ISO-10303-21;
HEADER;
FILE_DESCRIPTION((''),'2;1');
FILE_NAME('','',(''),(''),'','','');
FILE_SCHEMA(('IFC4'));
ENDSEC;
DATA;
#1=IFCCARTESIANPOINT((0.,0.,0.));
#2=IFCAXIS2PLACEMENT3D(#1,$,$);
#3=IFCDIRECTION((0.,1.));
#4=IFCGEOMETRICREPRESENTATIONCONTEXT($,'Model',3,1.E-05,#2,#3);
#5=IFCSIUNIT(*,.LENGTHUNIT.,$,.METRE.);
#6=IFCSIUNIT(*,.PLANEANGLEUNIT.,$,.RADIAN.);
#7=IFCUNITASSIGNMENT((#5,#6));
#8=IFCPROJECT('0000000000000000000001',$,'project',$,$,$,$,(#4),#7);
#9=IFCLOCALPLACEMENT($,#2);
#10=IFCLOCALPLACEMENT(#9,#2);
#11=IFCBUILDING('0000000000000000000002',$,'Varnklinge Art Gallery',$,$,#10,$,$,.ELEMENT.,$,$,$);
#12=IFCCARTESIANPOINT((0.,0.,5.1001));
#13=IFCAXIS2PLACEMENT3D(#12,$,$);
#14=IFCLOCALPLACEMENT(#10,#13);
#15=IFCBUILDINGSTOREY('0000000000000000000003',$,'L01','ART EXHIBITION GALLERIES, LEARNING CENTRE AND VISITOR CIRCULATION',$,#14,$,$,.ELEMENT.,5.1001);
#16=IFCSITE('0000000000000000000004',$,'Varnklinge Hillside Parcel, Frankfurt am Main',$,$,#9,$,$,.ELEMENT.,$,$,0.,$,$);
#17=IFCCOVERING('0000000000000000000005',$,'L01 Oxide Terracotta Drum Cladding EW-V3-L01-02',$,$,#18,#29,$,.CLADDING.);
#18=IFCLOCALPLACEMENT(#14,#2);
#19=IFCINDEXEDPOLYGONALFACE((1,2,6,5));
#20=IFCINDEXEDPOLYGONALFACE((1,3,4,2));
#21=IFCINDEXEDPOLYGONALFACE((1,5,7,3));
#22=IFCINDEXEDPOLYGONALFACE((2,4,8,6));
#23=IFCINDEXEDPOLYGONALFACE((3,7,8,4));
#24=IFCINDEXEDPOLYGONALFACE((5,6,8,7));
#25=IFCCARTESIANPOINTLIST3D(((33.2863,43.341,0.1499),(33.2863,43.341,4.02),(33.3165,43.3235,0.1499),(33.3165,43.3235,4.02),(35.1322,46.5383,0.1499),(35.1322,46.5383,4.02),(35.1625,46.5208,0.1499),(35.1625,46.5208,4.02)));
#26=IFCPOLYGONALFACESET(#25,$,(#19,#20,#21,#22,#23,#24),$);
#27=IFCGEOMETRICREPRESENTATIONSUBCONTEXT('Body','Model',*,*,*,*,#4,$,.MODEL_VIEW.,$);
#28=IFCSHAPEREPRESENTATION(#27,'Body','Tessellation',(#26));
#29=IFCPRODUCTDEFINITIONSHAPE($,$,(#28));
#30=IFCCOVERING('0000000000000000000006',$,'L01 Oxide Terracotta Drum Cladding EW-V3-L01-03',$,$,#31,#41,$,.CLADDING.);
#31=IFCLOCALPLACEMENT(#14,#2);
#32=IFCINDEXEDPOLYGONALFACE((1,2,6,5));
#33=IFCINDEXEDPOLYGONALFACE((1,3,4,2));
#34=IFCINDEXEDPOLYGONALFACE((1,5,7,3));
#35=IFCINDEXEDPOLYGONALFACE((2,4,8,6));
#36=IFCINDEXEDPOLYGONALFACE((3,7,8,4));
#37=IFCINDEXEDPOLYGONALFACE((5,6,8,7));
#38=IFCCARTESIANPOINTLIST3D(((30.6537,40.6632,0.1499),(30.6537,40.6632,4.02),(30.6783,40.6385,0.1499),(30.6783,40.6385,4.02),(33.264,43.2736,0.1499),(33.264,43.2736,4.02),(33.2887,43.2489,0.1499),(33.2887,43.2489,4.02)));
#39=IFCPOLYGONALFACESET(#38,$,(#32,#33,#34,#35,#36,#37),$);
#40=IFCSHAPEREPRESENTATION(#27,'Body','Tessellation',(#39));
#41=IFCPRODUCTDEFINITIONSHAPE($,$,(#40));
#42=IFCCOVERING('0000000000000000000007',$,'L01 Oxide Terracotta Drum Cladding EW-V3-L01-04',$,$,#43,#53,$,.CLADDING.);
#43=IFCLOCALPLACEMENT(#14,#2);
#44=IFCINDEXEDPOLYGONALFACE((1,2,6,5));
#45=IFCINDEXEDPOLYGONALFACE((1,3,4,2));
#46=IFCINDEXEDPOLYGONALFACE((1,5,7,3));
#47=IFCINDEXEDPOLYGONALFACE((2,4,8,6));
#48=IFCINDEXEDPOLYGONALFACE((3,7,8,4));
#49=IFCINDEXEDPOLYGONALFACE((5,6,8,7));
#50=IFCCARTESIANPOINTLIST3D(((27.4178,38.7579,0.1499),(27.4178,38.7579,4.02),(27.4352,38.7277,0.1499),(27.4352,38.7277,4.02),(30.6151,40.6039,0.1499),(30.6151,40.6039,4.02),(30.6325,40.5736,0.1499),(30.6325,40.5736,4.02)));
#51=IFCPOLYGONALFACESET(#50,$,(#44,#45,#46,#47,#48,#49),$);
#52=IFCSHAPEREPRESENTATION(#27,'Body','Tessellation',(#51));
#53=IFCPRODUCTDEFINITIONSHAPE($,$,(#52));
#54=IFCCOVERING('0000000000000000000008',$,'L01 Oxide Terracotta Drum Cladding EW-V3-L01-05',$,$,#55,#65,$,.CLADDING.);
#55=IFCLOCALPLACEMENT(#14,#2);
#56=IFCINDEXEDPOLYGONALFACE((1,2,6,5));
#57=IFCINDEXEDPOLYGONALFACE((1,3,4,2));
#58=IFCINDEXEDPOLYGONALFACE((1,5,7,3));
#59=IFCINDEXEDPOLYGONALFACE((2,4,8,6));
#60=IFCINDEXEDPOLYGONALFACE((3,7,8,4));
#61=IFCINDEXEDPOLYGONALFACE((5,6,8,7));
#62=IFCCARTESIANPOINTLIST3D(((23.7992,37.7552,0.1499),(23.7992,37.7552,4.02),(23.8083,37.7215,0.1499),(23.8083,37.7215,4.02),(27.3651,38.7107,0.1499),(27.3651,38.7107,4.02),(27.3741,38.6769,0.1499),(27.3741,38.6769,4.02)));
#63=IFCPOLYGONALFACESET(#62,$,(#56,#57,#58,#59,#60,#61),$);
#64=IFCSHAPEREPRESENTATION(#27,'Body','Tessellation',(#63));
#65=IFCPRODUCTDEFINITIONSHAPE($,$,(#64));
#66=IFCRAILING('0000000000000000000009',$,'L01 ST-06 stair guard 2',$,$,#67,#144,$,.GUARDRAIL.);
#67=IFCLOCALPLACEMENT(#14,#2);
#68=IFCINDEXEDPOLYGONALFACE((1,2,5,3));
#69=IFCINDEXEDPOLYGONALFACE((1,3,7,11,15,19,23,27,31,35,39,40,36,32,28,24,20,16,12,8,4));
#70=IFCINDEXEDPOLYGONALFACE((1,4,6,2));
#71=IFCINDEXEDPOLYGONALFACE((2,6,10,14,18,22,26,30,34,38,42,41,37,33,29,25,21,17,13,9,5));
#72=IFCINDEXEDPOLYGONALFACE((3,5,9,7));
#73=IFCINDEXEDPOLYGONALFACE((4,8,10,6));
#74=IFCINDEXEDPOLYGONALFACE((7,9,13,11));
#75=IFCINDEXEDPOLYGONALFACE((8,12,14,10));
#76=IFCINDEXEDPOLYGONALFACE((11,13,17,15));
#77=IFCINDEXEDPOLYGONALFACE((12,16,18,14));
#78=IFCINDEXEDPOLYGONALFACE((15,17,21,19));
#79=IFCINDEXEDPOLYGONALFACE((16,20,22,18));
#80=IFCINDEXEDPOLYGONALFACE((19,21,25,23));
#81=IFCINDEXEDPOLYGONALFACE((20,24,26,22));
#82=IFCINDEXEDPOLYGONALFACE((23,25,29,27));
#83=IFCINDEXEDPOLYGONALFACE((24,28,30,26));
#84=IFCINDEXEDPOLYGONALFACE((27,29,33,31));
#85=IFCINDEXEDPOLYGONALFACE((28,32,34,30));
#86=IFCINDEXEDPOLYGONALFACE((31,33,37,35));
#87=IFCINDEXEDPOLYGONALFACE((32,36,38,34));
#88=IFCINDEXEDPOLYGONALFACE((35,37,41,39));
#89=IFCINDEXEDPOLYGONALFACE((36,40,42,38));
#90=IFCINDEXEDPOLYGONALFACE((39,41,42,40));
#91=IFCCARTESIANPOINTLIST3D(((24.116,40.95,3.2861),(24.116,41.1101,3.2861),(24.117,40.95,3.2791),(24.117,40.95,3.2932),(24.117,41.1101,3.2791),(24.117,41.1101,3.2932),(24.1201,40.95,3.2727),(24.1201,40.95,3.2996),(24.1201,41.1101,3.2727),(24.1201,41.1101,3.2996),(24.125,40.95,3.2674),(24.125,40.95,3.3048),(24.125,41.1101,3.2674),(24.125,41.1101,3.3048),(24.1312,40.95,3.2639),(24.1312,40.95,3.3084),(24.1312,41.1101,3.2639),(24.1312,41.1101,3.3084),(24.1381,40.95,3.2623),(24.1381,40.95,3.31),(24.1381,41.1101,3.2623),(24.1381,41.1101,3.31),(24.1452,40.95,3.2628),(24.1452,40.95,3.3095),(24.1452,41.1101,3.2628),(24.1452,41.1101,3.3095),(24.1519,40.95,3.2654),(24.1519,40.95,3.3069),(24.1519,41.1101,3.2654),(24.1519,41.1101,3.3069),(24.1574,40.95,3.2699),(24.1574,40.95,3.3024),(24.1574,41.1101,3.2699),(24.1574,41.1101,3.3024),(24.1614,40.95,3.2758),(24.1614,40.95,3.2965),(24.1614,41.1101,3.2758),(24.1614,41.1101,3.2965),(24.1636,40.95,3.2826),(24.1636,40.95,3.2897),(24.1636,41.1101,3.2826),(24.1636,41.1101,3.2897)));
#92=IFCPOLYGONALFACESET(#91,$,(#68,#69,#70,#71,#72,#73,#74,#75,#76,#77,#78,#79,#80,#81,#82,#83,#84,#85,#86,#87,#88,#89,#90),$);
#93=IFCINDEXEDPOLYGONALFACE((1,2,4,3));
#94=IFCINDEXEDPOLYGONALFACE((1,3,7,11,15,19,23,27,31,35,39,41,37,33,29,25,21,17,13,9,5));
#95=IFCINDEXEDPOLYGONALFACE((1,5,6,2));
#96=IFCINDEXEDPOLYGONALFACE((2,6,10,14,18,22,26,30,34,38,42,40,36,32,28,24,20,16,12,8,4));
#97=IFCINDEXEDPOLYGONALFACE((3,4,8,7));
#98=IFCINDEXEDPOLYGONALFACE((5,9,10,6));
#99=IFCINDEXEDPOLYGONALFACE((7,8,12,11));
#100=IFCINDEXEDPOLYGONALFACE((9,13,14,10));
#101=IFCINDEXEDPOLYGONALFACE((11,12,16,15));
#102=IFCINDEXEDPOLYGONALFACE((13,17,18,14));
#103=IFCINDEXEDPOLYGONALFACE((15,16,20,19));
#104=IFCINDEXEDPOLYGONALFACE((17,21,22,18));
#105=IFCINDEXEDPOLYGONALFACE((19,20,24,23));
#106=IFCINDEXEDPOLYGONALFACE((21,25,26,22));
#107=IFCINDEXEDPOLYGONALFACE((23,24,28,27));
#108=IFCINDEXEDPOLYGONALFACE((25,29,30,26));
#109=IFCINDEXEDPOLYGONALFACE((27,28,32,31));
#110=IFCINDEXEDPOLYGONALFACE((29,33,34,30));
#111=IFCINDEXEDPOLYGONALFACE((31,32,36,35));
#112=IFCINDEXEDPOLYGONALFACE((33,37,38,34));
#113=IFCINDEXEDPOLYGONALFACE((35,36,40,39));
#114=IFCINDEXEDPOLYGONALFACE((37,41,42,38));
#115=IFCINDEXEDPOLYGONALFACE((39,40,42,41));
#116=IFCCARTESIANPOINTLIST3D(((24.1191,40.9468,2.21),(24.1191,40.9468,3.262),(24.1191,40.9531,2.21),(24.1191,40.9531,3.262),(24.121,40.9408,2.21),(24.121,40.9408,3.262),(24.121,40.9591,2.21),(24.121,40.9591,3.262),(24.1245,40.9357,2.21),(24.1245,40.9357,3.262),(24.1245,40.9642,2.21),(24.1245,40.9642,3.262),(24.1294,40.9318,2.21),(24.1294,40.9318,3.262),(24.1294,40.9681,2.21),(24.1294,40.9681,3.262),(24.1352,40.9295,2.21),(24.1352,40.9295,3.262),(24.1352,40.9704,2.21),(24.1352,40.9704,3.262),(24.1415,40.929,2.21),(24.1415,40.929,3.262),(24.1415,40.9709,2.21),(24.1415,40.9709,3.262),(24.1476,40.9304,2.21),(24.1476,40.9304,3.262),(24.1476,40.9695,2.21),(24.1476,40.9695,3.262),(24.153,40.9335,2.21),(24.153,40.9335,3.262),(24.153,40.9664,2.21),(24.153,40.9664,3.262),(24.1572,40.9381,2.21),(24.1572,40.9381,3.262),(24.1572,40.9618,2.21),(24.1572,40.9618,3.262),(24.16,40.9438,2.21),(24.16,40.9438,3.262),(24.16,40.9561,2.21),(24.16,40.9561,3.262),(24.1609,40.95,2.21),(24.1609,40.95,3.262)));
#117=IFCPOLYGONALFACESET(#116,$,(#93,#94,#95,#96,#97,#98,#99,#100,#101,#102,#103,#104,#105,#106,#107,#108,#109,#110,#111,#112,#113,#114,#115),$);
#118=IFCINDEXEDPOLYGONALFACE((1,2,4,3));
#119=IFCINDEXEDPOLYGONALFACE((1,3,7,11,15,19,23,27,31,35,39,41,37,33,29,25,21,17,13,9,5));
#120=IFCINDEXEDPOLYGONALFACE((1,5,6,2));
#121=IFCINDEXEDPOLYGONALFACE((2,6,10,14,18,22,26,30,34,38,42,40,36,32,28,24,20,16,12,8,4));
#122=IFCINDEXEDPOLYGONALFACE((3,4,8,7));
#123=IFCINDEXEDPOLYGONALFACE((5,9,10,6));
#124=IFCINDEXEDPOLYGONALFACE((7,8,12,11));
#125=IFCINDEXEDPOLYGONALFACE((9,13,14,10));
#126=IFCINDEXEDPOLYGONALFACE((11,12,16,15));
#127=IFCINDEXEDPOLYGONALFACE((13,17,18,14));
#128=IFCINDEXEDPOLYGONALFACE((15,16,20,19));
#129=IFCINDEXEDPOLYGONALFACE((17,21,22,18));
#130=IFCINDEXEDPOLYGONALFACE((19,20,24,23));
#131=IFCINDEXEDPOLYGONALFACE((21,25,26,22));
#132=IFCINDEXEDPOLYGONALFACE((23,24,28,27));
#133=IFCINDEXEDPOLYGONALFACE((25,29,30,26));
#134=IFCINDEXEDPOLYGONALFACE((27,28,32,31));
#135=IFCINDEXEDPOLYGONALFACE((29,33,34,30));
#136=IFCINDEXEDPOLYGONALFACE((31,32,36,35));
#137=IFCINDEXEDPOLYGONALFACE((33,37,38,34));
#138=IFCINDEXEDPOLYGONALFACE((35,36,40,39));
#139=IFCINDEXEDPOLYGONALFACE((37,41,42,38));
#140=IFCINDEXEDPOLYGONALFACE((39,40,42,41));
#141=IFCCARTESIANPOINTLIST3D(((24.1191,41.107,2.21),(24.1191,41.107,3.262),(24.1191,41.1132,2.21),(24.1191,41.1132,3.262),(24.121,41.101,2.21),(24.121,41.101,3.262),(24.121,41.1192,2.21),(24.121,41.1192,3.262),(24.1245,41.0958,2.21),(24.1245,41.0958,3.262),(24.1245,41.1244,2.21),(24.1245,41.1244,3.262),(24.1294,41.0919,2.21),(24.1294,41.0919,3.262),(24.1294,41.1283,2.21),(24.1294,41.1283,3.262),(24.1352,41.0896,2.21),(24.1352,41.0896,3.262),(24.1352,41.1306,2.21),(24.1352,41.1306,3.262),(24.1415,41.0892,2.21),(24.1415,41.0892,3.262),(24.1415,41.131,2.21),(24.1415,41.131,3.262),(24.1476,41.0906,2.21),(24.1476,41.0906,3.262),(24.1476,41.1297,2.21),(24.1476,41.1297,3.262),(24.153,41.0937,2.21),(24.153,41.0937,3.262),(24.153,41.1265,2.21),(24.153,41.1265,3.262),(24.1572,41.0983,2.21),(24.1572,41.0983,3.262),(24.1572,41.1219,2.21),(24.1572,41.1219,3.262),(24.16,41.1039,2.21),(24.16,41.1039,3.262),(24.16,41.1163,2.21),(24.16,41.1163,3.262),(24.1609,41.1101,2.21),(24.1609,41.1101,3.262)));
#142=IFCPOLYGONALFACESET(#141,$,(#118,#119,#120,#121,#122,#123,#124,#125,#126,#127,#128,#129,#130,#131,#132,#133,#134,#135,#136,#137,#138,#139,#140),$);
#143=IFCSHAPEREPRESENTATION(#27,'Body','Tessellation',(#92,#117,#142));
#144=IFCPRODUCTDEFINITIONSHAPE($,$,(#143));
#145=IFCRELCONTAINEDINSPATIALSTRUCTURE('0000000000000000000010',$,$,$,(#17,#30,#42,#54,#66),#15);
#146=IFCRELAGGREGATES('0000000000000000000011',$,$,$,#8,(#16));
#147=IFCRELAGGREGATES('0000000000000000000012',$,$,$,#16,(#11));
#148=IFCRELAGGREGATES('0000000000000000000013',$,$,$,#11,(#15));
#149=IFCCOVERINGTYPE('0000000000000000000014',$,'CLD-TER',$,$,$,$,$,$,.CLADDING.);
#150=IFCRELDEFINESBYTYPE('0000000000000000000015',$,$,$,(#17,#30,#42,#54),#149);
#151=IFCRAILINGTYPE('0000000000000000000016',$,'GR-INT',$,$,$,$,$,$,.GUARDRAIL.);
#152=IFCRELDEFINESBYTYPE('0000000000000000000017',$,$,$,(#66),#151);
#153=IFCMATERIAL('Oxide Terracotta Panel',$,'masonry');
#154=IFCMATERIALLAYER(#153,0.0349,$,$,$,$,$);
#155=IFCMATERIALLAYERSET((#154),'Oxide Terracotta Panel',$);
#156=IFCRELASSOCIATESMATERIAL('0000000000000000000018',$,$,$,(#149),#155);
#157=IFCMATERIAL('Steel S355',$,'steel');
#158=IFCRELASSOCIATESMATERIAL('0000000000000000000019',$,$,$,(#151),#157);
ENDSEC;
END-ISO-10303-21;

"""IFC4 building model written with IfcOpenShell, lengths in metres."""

from ifc_helpers import new_model, si_unit, direction, frame, origin, origin_2d, place, context, subcontext, project, spatial, rectangle, circle, extrude, material, layer, layer_set, type_object, element, save


model = new_model("IFC4")

# Units and contexts
model_context = context("Model", 3, precision=1e-05, world=origin(), true_north=direction((0.0, 1.0)))
body_context = subcontext(model_context, "Body", "Model", "MODEL_VIEW")
ifc_project = project(units=[si_unit("LENGTHUNIT", "METRE"), si_unit("PLANEANGLEUNIT", "RADIAN")], contexts=[model_context])

# Site, building, storey
site_placement = place(None, origin())
site = spatial("IfcSite", under=ifc_project, at=site_placement, Name="Varnklinge Hillside Parcel, Frankfurt am Main", CompositionType="ELEMENT", RefElevation=0.0)
building_placement = place(site_placement, origin())
building = spatial("IfcBuilding", under=site, at=building_placement, Name="Varnklinge Art Gallery", CompositionType="ELEMENT")
storey_placement = place(building_placement, frame((0.0, 0.0, 5.1001)))
storey = spatial("IfcBuildingStorey", under=building, at=storey_placement, Name="L01", Description="ART EXHIBITION GALLERIES, LEARNING CENTRE AND VISITOR CIRCULATION", CompositionType="ELEMENT", Elevation=5.1001)

# Coverings
ifc_material_1 = material(Name="Oxide Terracotta Panel", Category="masonry")
ifc_layer_1 = layer(ifc_material_1, 0.0349)
ifc_layer_set_1 = layer_set([ifc_layer_1], Name="Oxide Terracotta Panel")
covering_type = type_object("IfcCoveringType", Name="CLD-TER", PredefinedType="CLADDING", material=ifc_layer_set_1)
covering_1_placement = place(storey_placement, frame((34.2244, 44.9309, 0.1499), z_axis=(0.0, 0.0, 1.0), x_axis=(-0.5, -0.866025, 0.0)))
element("IfcCovering", 1, at=covering_1_placement, inside=storey, type_object=covering_type, Name="L01 Oxide Terracotta Drum Cladding EW-V3-L01-02", PredefinedType="CLADDING", context=body_context, shape_type="SweptSolid", body=[
    extrude(rectangle(XDim=3.6919, YDim=0.0349, at=origin_2d()), origin(), (0.0, 0.0, 1.0), 3.8701),
])
covering_2_placement = place(storey_placement, frame((31.9712, 41.9561, 0.1499), z_axis=(0.0, 0.0, 1.0), x_axis=(-0.707107, -0.707107, 0.0)))
element("IfcCovering", 2, at=covering_2_placement, inside=storey, type_object=covering_type, Name="L01 Oxide Terracotta Drum Cladding EW-V3-L01-03", PredefinedType="CLADDING", context=body_context, shape_type="SweptSolid", body=[
    extrude(rectangle(XDim=3.6917, YDim=0.0349, at=origin_2d()), origin(), (0.0, 0.0, 1.0), 3.8701),
])
covering_3_placement = place(storey_placement, frame((29.0251, 39.6658, 0.1499), z_axis=(0.0, 0.0, 1.0), x_axis=(-0.866025, -0.5, 0.0)))
element("IfcCovering", 3, at=covering_3_placement, inside=storey, type_object=covering_type, Name="L01 Oxide Terracotta Drum Cladding EW-V3-L01-04", PredefinedType="CLADDING", context=body_context, shape_type="SweptSolid", body=[
    extrude(rectangle(XDim=3.6919, YDim=0.0349, at=origin_2d()), origin(), (0.0, 0.0, 1.0), 3.8701),
])
covering_4_placement = place(storey_placement, frame((25.5867, 38.2161, 0.1499), z_axis=(0.0, 0.0, 1.0), x_axis=(-0.965926, -0.258819, 0.0)))
element("IfcCovering", 4, at=covering_4_placement, inside=storey, type_object=covering_type, Name="L01 Oxide Terracotta Drum Cladding EW-V3-L01-05", PredefinedType="CLADDING", context=body_context, shape_type="SweptSolid", body=[
    extrude(rectangle(XDim=3.6917, YDim=0.0349, at=origin_2d()), origin(), (0.0, 0.0, 1.0), 3.8701),
])

# Railing
ifc_material_2 = material(Name="Steel S355", Category="steel")
railing_type_1 = type_object("IfcRailingType", Name="GR-INT", PredefinedType="GUARDRAIL", material=ifc_material_2)
railing_1_placement = place(storey_placement, frame((24.1399, 40.95, 2.21)))
element("IfcRailing", 5, at=railing_1_placement, inside=storey, type_object=railing_type_1, Name="L01 ST-06 stair guard 2", PredefinedType="GUARDRAIL", context=body_context, shape_type="SweptSolid", body=[
    extrude(circle(Radius=0.0239, at=origin_2d()), frame((0.0, 0.0, 1.0762), z_axis=(0.0, 1.0, 0.0), x_axis=(-1.0, 0.0, 0.0)), (0.0, 0.0, 1.0), 0.1602),
    extrude(circle(Radius=0.021, at=origin_2d()), origin(), (0.0, 0.0, 1.0), 1.052),
    extrude(circle(Radius=0.021, at=origin_2d()), frame((0.0, 0.1602, 0.0)), (0.0, 0.0, 1.0), 1.052),
])

save(model, "model.ifc")
